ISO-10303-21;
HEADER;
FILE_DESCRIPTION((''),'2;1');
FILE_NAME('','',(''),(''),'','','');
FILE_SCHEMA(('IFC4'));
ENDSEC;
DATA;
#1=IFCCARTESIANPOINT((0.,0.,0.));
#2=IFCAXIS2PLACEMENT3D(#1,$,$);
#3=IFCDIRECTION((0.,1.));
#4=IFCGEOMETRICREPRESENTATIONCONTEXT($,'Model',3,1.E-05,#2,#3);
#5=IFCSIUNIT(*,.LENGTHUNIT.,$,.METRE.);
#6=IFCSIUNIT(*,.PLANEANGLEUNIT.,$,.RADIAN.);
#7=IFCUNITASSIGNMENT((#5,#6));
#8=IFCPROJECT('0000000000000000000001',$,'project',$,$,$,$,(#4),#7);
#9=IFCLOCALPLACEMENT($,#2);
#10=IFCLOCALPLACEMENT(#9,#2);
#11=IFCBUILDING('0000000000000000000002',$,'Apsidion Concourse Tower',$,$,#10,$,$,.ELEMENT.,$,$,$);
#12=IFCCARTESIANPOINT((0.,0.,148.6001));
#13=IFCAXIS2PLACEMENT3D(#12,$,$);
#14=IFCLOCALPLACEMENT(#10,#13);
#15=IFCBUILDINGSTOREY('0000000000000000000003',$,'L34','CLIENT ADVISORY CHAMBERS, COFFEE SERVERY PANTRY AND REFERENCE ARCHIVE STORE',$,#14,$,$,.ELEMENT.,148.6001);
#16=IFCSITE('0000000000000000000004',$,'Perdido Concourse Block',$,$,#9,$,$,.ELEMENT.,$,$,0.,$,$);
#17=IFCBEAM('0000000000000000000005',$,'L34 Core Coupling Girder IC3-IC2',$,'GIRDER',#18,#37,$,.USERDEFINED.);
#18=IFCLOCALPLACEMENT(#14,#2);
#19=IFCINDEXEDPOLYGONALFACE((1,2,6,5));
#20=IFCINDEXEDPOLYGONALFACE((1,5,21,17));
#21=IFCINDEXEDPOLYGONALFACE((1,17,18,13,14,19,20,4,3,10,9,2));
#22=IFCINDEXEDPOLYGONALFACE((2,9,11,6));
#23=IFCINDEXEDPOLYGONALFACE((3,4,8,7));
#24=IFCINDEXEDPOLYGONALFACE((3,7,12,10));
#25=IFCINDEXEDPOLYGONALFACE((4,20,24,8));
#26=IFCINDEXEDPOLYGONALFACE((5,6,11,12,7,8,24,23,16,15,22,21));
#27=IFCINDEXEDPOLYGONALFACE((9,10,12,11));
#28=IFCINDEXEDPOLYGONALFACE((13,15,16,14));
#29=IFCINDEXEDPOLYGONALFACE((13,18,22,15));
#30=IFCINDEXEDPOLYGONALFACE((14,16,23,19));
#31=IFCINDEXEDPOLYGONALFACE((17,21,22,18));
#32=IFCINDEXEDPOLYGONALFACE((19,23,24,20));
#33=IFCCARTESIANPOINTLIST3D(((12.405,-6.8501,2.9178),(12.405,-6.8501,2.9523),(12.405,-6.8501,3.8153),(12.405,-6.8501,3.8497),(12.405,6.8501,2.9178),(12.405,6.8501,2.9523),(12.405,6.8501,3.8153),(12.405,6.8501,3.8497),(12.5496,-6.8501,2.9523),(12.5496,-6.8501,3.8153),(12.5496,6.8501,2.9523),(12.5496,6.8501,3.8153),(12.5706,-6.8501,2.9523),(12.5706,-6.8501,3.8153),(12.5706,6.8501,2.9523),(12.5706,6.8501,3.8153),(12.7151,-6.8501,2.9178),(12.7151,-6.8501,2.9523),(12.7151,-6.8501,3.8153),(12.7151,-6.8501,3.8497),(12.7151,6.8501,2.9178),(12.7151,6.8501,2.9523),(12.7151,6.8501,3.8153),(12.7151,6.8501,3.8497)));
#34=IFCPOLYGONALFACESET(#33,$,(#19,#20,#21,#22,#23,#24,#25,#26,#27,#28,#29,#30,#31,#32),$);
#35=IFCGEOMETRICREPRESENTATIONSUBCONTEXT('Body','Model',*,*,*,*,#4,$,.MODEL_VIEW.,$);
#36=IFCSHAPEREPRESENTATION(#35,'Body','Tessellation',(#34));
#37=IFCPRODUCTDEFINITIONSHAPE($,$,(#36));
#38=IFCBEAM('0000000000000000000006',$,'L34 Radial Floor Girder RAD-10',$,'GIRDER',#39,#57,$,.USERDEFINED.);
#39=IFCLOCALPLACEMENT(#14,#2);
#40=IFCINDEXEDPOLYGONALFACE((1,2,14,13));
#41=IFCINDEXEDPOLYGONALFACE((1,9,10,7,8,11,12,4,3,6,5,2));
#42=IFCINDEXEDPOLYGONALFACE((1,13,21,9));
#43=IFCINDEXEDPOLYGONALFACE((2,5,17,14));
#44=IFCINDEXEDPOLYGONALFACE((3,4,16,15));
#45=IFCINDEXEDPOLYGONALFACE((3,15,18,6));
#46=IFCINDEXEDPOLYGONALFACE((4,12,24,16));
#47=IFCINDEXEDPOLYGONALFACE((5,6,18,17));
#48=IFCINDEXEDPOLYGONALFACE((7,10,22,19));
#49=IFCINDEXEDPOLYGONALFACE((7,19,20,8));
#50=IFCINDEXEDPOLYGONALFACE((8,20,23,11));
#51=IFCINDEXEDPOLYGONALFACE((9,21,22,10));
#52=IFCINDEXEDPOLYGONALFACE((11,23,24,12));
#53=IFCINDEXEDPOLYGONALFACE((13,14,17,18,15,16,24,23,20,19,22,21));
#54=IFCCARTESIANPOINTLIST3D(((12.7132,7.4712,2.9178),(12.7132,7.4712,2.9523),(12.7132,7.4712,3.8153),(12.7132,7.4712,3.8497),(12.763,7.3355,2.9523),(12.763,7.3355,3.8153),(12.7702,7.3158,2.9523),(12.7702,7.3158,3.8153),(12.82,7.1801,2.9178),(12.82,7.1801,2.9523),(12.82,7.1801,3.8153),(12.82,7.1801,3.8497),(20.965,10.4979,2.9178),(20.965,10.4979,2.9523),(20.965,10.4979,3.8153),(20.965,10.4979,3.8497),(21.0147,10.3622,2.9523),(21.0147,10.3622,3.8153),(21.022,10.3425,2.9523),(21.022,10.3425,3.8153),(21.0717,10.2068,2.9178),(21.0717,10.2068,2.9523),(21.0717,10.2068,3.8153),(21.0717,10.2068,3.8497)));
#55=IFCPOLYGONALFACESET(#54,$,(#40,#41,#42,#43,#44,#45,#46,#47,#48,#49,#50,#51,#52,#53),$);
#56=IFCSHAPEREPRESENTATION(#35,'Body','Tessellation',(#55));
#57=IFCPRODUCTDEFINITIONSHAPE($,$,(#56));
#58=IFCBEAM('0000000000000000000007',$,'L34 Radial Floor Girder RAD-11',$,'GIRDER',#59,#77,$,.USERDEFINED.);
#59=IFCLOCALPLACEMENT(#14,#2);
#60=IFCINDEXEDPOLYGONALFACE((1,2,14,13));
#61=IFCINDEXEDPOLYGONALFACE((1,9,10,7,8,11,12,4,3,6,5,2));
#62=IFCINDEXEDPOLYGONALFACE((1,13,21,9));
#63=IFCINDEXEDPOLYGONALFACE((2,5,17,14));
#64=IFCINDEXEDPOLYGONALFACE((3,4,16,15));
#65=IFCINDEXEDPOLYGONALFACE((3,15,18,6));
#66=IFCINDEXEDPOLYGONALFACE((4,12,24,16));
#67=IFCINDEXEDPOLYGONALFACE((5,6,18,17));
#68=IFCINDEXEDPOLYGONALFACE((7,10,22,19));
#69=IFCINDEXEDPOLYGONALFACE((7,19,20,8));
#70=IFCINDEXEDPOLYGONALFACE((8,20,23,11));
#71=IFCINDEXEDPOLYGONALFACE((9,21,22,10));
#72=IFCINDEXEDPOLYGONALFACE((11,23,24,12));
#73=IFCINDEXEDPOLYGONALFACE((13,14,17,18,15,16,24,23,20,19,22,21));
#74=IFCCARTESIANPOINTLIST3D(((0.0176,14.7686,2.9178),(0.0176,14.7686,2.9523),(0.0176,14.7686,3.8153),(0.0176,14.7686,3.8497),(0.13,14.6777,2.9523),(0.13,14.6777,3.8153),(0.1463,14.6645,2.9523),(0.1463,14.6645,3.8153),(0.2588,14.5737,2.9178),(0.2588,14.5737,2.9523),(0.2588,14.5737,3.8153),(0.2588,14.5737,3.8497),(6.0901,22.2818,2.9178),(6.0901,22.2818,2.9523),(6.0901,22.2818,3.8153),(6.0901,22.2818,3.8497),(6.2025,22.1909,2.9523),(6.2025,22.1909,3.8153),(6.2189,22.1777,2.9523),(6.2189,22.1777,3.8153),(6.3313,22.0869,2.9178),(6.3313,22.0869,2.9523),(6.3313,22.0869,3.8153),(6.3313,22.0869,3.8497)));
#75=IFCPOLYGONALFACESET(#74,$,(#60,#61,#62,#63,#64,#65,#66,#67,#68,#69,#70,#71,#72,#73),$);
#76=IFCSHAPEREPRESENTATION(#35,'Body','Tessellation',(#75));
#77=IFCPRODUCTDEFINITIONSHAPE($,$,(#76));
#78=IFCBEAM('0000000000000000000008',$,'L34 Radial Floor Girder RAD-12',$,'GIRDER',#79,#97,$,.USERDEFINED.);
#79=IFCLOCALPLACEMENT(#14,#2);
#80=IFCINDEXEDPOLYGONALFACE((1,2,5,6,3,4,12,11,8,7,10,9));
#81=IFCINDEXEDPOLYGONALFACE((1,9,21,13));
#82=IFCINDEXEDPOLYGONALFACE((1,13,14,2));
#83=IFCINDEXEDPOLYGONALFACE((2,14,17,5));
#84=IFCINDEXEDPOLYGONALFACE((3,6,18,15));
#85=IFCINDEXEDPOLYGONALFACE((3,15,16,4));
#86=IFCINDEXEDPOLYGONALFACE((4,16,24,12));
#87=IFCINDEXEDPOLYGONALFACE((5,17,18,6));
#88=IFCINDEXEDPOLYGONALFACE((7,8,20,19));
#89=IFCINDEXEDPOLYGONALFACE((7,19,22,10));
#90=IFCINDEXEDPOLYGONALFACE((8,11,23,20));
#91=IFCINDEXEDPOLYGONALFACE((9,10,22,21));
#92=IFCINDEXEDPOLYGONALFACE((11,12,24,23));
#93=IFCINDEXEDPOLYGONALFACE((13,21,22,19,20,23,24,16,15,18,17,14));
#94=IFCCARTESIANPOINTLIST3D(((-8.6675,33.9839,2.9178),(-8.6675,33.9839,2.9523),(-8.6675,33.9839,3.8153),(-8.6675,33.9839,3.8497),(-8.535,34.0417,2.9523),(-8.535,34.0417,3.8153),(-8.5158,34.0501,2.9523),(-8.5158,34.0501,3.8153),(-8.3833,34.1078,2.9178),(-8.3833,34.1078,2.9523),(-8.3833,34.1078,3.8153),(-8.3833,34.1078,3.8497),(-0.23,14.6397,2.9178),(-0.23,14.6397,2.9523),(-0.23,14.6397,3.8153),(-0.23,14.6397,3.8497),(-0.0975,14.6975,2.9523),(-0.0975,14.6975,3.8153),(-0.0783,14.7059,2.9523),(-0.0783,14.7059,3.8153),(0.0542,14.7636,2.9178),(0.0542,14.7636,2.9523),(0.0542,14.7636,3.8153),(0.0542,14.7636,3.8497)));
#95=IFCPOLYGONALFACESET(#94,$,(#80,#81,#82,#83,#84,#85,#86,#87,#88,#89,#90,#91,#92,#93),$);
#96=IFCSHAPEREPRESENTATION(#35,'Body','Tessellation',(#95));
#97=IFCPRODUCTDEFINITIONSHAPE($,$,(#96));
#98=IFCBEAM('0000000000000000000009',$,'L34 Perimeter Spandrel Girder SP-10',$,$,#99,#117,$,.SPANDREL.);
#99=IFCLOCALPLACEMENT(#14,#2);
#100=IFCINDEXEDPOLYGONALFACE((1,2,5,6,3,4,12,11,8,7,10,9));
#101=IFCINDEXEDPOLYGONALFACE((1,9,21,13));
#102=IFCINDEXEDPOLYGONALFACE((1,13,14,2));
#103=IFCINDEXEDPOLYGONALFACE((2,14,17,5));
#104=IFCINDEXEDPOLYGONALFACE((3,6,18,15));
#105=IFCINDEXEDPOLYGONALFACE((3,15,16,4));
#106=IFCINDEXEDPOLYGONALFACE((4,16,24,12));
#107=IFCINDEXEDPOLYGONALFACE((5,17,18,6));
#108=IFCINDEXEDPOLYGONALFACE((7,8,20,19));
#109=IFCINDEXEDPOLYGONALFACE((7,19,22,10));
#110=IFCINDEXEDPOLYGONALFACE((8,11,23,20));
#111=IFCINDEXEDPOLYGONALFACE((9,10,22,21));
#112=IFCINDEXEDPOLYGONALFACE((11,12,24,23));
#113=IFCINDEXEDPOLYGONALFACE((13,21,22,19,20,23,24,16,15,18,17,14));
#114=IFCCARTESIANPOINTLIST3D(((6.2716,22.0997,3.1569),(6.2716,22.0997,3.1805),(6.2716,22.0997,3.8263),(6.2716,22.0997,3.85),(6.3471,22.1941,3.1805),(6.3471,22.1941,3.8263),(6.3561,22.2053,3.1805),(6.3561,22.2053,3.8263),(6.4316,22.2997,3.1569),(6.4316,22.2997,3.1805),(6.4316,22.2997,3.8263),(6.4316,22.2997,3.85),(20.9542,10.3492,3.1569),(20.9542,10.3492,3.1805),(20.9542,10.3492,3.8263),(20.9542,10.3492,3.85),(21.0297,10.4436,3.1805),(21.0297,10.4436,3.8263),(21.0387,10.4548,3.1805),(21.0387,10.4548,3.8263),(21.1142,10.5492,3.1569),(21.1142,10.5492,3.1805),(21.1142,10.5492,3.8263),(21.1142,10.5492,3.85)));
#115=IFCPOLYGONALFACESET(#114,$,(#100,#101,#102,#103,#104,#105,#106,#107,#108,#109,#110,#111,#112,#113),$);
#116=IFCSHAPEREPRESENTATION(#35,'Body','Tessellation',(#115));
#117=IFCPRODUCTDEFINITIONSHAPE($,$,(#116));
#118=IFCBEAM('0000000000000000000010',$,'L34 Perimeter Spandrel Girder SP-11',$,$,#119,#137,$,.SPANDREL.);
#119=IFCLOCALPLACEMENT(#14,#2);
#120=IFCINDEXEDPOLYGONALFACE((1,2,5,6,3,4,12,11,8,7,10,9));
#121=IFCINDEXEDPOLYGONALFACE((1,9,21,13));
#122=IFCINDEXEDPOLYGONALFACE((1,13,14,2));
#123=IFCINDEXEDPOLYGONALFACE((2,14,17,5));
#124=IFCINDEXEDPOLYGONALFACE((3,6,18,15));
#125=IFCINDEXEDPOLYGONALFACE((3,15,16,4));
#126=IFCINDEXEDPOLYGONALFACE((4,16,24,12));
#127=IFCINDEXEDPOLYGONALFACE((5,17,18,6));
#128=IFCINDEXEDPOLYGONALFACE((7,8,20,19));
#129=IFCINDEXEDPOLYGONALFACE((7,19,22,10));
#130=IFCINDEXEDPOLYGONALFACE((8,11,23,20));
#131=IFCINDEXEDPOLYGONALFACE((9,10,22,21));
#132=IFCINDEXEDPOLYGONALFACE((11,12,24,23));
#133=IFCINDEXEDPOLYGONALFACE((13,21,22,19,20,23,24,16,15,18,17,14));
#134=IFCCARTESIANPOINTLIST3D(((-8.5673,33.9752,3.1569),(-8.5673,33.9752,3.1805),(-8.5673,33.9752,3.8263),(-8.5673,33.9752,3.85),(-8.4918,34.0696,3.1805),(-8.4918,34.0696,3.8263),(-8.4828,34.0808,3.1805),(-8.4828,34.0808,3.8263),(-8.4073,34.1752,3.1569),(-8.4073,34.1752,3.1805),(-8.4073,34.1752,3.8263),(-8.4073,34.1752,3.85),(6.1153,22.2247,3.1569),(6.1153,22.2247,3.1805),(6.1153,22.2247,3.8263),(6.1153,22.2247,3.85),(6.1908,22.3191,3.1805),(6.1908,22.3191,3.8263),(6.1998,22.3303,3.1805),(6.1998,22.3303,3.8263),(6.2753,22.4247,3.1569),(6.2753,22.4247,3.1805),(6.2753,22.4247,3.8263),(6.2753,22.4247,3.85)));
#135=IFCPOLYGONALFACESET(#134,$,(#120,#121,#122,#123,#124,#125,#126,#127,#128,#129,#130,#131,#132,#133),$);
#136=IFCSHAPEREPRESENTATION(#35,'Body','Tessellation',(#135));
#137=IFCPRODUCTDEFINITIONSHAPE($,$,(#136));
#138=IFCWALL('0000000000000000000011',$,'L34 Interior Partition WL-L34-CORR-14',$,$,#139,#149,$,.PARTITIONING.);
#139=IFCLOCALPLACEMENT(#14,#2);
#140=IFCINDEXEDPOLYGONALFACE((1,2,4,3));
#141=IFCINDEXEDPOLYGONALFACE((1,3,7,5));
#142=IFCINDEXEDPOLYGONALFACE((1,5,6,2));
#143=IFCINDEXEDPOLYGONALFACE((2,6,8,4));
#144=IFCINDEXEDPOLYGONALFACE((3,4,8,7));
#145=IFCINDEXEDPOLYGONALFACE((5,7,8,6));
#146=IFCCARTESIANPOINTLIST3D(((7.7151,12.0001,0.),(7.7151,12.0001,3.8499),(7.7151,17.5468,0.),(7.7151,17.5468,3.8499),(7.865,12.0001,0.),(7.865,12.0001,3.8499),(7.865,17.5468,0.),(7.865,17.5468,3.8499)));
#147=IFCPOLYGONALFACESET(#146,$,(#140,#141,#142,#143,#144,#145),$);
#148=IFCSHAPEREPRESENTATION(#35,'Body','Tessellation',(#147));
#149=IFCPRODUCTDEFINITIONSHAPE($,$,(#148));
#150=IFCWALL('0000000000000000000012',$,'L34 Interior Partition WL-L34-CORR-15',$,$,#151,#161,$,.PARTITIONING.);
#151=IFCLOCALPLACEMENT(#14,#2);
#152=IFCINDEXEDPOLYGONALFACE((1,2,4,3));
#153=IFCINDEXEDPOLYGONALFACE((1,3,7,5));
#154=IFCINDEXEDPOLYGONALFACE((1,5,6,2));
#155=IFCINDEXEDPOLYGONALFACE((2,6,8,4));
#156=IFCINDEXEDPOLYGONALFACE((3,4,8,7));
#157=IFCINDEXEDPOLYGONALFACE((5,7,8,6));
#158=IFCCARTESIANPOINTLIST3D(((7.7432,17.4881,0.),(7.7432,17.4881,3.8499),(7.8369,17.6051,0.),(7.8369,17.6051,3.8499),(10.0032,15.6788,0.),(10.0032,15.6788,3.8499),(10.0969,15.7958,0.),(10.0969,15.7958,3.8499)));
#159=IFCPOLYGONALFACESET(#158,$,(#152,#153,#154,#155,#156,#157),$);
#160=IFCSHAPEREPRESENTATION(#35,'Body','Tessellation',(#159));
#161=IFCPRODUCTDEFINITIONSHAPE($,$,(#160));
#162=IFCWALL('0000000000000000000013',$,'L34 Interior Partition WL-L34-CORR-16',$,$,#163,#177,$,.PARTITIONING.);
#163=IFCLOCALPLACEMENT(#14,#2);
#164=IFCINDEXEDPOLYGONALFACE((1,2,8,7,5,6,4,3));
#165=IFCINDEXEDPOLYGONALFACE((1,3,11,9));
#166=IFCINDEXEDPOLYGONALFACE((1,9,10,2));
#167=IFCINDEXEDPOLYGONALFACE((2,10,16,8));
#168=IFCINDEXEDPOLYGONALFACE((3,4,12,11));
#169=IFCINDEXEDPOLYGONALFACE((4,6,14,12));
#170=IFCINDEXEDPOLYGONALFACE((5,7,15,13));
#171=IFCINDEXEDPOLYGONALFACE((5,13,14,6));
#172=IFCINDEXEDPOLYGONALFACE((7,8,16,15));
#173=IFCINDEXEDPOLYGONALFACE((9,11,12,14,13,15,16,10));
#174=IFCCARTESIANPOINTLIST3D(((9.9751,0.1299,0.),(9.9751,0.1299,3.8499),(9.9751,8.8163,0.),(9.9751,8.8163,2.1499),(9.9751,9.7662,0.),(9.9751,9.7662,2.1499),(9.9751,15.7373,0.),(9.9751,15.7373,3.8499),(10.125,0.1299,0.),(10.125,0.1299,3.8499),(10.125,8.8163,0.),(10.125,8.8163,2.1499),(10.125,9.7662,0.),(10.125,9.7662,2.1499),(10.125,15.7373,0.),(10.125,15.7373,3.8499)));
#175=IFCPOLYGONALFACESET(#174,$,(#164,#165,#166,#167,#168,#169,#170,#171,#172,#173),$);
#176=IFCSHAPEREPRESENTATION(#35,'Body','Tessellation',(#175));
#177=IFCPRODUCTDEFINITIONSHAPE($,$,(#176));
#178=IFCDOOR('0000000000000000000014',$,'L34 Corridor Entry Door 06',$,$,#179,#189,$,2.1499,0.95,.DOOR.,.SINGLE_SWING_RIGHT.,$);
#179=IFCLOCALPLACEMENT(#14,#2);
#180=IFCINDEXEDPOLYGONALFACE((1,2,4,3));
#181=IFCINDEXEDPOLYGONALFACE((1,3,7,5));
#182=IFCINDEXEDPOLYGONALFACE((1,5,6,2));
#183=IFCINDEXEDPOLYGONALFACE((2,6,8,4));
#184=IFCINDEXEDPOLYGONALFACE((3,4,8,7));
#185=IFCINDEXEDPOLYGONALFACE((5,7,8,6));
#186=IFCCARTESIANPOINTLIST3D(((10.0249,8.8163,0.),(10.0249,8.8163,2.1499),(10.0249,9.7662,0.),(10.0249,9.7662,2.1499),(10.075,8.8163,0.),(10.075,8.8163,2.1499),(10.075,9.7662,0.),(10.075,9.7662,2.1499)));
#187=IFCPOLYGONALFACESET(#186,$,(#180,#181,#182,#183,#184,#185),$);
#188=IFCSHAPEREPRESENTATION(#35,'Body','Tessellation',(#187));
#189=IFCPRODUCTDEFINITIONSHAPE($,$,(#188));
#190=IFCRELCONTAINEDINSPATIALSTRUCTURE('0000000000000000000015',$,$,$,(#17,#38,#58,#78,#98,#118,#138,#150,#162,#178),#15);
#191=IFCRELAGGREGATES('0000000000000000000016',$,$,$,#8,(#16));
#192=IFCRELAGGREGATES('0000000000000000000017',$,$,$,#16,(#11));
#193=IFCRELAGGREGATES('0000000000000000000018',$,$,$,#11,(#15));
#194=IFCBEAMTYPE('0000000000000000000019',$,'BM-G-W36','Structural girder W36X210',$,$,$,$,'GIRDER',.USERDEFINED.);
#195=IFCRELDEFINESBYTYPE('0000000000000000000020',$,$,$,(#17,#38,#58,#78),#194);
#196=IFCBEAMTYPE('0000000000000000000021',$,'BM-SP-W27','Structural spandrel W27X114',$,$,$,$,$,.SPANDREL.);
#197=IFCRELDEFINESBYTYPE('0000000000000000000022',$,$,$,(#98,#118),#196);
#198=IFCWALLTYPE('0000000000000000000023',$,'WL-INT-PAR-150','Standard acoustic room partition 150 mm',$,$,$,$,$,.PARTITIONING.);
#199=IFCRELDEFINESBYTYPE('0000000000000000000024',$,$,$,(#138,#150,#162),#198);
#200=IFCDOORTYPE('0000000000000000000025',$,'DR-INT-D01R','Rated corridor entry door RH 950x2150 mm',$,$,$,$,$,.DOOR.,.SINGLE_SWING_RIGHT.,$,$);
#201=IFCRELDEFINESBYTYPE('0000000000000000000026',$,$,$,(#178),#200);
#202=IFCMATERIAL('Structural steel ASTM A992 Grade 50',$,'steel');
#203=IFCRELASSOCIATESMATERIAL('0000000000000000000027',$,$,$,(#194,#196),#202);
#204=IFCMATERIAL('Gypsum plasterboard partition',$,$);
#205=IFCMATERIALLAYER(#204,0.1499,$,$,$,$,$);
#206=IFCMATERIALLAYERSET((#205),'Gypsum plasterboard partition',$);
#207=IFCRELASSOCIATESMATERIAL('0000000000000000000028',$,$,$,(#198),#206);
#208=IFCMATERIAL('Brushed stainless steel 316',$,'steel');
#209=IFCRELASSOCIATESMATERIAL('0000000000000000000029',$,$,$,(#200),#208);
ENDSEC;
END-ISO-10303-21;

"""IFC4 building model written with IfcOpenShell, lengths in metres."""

from ifc_helpers import new_model, si_unit, direction, frame, frame_2d, origin, origin_2d, place, context, subcontext, project, spatial, rectangle, i_section, extrude, material, layer, layer_set, material_profile, profile_set, type_object, element, fill, save


model = new_model("IFC4")

# Units and contexts
model_context = context("Model", 3, precision=1e-05, world=origin(), true_north=direction((0.0, 1.0)))
body_context = subcontext(model_context, "Body", "Model", "MODEL_VIEW")
ifc_project = project(units=[si_unit("LENGTHUNIT", "METRE"), si_unit("PLANEANGLEUNIT", "RADIAN")], contexts=[model_context])

# Site, building, storey
site_placement = place(None, origin())
site = spatial("IfcSite", under=ifc_project, at=site_placement, Name="Perdido Concourse Block", CompositionType="ELEMENT", RefElevation=0.0)
building_placement = place(site_placement, origin())
building = spatial("IfcBuilding", under=site, at=building_placement, Name="Apsidion Concourse Tower", CompositionType="ELEMENT")
storey_placement = place(building_placement, frame((0.0, 0.0, 148.6001)))
storey = spatial("IfcBuildingStorey", under=building, at=storey_placement, Name="L34", Description="CLIENT ADVISORY CHAMBERS, COFFEE SERVERY PANTRY AND REFERENCE ARCHIVE STORE", CompositionType="ELEMENT", Elevation=148.6001)

# Shared definitions
ifc_material_1 = material(Name="Structural steel ASTM A992 Grade 50", Category="steel")

# Beams
ifc_material_profile_1 = material_profile(ifc_material_1, i_section(OverallWidth=0.3101, OverallDepth=0.9319, WebThickness=0.021, FlangeThickness=0.0344, at=origin_2d()), Name="W36X210")
ifc_profile_set_1 = profile_set([ifc_material_profile_1], Name="Structural steel ASTM A992 Grade 50")
beam_type_1 = type_object("IfcBeamType", Name="BM-G-W36", Description="Structural girder W36X210", ElementType="GIRDER", PredefinedType="USERDEFINED", material=ifc_profile_set_1)
beam_1_placement = place(storey_placement, frame((12.5601, 6.8501, 3.3838), z_axis=(0.0, -1.0, 0.0), x_axis=(1.0, 0.0, 0.0)))
element("IfcBeam", 1, at=beam_1_placement, inside=storey, type_object=beam_type_1, Name="L34 Core Coupling Girder IC3-IC2", ObjectType="GIRDER", PredefinedType="USERDEFINED", context=body_context, shape_type="SweptSolid", body=[
    extrude(i_section(OverallWidth=0.3101, OverallDepth=0.9319, WebThickness=0.021, FlangeThickness=0.0344, at=origin_2d()), origin(), (0.0, 0.0, 1.0), 13.7002),
])
beam_2_placement = place(storey_placement, frame((12.7666, 7.3257, 3.3838), z_axis=(0.93884, 0.344353, 0.0), x_axis=(-0.344353, 0.93884, 0.0)))
element("IfcBeam", 2, at=beam_2_placement, inside=storey, type_object=beam_type_1, Name="L34 Radial Floor Girder RAD-10", ObjectType="GIRDER", PredefinedType="USERDEFINED", context=body_context, shape_type="SweptSolid", body=[
    extrude(i_section(OverallWidth=0.3101, OverallDepth=0.9319, WebThickness=0.021, FlangeThickness=0.0344, at=origin_2d()), origin(), (0.0, 0.0, 1.0), 8.7893),
])
beam_3_placement = place(storey_placement, frame((0.1382, 14.6711, 3.3838), z_axis=(0.628598, 0.77773, 0.0), x_axis=(-0.77773, 0.628598, 0.0)))
element("IfcBeam", 3, at=beam_3_placement, inside=storey, type_object=beam_type_1, Name="L34 Radial Floor Girder RAD-11", ObjectType="GIRDER", PredefinedType="USERDEFINED", context=body_context, shape_type="SweptSolid", body=[
    extrude(i_section(OverallWidth=0.3101, OverallDepth=0.9319, WebThickness=0.021, FlangeThickness=0.0344, at=origin_2d()), origin(), (0.0, 0.0, 1.0), 9.6604),
])
beam_4_placement = place(storey_placement, frame((-0.0879, 14.7017, 3.3838), z_axis=(-0.3998, 0.916602, 0.0), x_axis=(-0.916602, -0.3998, 0.0)))
element("IfcBeam", 4, at=beam_4_placement, inside=storey, type_object=beam_type_1, Name="L34 Radial Floor Girder RAD-12", ObjectType="GIRDER", PredefinedType="USERDEFINED", context=body_context, shape_type="SweptSolid", body=[
    extrude(i_section(OverallWidth=0.3101, OverallDepth=0.9319, WebThickness=0.021, FlangeThickness=0.0344, at=origin_2d()), origin(), (0.0, 0.0, 1.0), 21.1042),
])
ifc_material_profile_2 = material_profile(ifc_material_1, i_section(OverallWidth=0.2561, OverallDepth=0.6931, WebThickness=0.0144, FlangeThickness=0.0237, at=origin_2d()), Name="W27X114")
ifc_profile_set_2 = profile_set([ifc_material_profile_2], Name="Structural steel ASTM A992 Grade 50")
beam_type_2 = type_object("IfcBeamType", Name="BM-SP-W27", Description="Structural spandrel W27X114", PredefinedType="SPANDREL", material=ifc_profile_set_2)
for number, where, z_axis, x_axis, name in (
    (5, (21.0342, 10.4492, 3.5034), (-0.780755, 0.624838, 0.0), (-0.624838, -0.780755, 0.0), "L34 Perimeter Spandrel Girder SP-10"),
    (6, (6.1953, 22.3247, 3.5034), (-0.780755, 0.624838, 0.0), (-0.624838, -0.780755, 0.0), "L34 Perimeter Spandrel Girder SP-11"),
):
    element("IfcBeam", number, at=place(storey_placement, frame(where, z_axis=z_axis, x_axis=x_axis)), inside=storey, type_object=beam_type_2, Name=name, PredefinedType="SPANDREL", context=body_context, shape_type="SweptSolid", body=[
        extrude(i_section(OverallWidth=0.2561, OverallDepth=0.6931, WebThickness=0.0144, FlangeThickness=0.0237, at=origin_2d()), origin(), (0.0, 0.0, 1.0), 18.8057),
    ])

# Walls
ifc_material_2 = material(Name="Gypsum plasterboard partition")
ifc_layer = layer(ifc_material_2, 0.1499)
ifc_layer_set = layer_set([ifc_layer], Name="Gypsum plasterboard partition")
wall_type = type_object("IfcWallType", Name="WL-INT-PAR-150", Description="Standard acoustic room partition 150 mm", PredefinedType="PARTITIONING", material=ifc_layer_set)
wall_1_placement = place(storey_placement, frame((7.79, 12.0, 0.0), z_axis=(0.0, 0.0, 1.0), x_axis=(0.0, 1.0, 0.0)))
element("IfcWall", 7, at=wall_1_placement, inside=storey, type_object=wall_type, Name="L34 Interior Partition WL-L34-CORR-14", PredefinedType="PARTITIONING", context=body_context, shape_type="SweptSolid", body=[
    extrude(rectangle(XDim=5.5466, YDim=0.1499, at=frame_2d((2.7734, 0.0))), origin(), (0.0, 0.0, 1.0), 3.8499),
])
wall_2_placement = place(storey_placement, frame((7.79, 17.5466, 0.0), z_axis=(0.0, 0.0, 1.0), x_axis=(0.780647, -0.624973, 0.0)))
element("IfcWall", 8, at=wall_2_placement, inside=storey, type_object=wall_type, Name="L34 Interior Partition WL-L34-CORR-15", PredefinedType="PARTITIONING", context=body_context, shape_type="SweptSolid", body=[
    extrude(rectangle(XDim=2.895, YDim=0.1499, at=frame_2d((1.4475, 0.0))), origin(), (0.0, 0.0, 1.0), 3.8499),
])

# Wall, opening, door
wall_3_placement = place(storey_placement, frame((10.05, 15.7373, 0.0), z_axis=(0.0, 0.0, 1.0), x_axis=(0.0, -1.0, 0.0)))
wall_3 = element("IfcWall", 9, at=wall_3_placement, inside=storey, type_object=wall_type, Name="L34 Interior Partition WL-L34-CORR-16", PredefinedType="PARTITIONING", context=body_context, shape_type="SweptSolid", body=[
    extrude(rectangle(XDim=15.6074, YDim=0.1499, at=frame_2d((7.8037, 0.0))), origin(), (0.0, 0.0, 1.0), 3.8499),
])
opening_placement = place(wall_3_placement, frame((5.9709, 0.0, 0.0)))
opening = element("IfcOpeningElement", 10, at=opening_placement, cuts=wall_3, PredefinedType="OPENING", context=body_context, shape_type="SweptSolid", body=[
    extrude(rectangle(XDim=0.95, YDim=2.1499, at=frame_2d((0.4751, 1.075))), frame((0.0, 0.085, 0.0), z_axis=(0.0, -1.0, 0.0), x_axis=(1.0, 0.0, 0.0)), (0.0, 0.0, 1.0), 0.1699),
])
ifc_material_3 = material(Name="Brushed stainless steel 316", Category="steel")
door_type = type_object("IfcDoorType", Name="DR-INT-D01R", Description="Rated corridor entry door RH 950x2150 mm", OperationType="SINGLE_SWING_RIGHT", PredefinedType="DOOR", material=ifc_material_3)
door_placement = place(opening_placement, origin())
door = element("IfcDoor", 11, at=door_placement, inside=storey, type_object=door_type, Name="L34 Corridor Entry Door 06", OperationType="SINGLE_SWING_RIGHT", OverallHeight=2.1499, OverallWidth=0.95, PredefinedType="DOOR", context=body_context, shape_type="SweptSolid", body=[
    extrude(rectangle(XDim=0.95, YDim=2.1499, at=frame_2d((0.4751, 1.075))), frame((0.0, 0.0249, 0.0), z_axis=(0.0, -1.0, 0.0), x_axis=(1.0, 0.0, 0.0)), (0.0, 0.0, 1.0), 0.05),
])
fill(opening, door)

save(model, "model.ifc")
